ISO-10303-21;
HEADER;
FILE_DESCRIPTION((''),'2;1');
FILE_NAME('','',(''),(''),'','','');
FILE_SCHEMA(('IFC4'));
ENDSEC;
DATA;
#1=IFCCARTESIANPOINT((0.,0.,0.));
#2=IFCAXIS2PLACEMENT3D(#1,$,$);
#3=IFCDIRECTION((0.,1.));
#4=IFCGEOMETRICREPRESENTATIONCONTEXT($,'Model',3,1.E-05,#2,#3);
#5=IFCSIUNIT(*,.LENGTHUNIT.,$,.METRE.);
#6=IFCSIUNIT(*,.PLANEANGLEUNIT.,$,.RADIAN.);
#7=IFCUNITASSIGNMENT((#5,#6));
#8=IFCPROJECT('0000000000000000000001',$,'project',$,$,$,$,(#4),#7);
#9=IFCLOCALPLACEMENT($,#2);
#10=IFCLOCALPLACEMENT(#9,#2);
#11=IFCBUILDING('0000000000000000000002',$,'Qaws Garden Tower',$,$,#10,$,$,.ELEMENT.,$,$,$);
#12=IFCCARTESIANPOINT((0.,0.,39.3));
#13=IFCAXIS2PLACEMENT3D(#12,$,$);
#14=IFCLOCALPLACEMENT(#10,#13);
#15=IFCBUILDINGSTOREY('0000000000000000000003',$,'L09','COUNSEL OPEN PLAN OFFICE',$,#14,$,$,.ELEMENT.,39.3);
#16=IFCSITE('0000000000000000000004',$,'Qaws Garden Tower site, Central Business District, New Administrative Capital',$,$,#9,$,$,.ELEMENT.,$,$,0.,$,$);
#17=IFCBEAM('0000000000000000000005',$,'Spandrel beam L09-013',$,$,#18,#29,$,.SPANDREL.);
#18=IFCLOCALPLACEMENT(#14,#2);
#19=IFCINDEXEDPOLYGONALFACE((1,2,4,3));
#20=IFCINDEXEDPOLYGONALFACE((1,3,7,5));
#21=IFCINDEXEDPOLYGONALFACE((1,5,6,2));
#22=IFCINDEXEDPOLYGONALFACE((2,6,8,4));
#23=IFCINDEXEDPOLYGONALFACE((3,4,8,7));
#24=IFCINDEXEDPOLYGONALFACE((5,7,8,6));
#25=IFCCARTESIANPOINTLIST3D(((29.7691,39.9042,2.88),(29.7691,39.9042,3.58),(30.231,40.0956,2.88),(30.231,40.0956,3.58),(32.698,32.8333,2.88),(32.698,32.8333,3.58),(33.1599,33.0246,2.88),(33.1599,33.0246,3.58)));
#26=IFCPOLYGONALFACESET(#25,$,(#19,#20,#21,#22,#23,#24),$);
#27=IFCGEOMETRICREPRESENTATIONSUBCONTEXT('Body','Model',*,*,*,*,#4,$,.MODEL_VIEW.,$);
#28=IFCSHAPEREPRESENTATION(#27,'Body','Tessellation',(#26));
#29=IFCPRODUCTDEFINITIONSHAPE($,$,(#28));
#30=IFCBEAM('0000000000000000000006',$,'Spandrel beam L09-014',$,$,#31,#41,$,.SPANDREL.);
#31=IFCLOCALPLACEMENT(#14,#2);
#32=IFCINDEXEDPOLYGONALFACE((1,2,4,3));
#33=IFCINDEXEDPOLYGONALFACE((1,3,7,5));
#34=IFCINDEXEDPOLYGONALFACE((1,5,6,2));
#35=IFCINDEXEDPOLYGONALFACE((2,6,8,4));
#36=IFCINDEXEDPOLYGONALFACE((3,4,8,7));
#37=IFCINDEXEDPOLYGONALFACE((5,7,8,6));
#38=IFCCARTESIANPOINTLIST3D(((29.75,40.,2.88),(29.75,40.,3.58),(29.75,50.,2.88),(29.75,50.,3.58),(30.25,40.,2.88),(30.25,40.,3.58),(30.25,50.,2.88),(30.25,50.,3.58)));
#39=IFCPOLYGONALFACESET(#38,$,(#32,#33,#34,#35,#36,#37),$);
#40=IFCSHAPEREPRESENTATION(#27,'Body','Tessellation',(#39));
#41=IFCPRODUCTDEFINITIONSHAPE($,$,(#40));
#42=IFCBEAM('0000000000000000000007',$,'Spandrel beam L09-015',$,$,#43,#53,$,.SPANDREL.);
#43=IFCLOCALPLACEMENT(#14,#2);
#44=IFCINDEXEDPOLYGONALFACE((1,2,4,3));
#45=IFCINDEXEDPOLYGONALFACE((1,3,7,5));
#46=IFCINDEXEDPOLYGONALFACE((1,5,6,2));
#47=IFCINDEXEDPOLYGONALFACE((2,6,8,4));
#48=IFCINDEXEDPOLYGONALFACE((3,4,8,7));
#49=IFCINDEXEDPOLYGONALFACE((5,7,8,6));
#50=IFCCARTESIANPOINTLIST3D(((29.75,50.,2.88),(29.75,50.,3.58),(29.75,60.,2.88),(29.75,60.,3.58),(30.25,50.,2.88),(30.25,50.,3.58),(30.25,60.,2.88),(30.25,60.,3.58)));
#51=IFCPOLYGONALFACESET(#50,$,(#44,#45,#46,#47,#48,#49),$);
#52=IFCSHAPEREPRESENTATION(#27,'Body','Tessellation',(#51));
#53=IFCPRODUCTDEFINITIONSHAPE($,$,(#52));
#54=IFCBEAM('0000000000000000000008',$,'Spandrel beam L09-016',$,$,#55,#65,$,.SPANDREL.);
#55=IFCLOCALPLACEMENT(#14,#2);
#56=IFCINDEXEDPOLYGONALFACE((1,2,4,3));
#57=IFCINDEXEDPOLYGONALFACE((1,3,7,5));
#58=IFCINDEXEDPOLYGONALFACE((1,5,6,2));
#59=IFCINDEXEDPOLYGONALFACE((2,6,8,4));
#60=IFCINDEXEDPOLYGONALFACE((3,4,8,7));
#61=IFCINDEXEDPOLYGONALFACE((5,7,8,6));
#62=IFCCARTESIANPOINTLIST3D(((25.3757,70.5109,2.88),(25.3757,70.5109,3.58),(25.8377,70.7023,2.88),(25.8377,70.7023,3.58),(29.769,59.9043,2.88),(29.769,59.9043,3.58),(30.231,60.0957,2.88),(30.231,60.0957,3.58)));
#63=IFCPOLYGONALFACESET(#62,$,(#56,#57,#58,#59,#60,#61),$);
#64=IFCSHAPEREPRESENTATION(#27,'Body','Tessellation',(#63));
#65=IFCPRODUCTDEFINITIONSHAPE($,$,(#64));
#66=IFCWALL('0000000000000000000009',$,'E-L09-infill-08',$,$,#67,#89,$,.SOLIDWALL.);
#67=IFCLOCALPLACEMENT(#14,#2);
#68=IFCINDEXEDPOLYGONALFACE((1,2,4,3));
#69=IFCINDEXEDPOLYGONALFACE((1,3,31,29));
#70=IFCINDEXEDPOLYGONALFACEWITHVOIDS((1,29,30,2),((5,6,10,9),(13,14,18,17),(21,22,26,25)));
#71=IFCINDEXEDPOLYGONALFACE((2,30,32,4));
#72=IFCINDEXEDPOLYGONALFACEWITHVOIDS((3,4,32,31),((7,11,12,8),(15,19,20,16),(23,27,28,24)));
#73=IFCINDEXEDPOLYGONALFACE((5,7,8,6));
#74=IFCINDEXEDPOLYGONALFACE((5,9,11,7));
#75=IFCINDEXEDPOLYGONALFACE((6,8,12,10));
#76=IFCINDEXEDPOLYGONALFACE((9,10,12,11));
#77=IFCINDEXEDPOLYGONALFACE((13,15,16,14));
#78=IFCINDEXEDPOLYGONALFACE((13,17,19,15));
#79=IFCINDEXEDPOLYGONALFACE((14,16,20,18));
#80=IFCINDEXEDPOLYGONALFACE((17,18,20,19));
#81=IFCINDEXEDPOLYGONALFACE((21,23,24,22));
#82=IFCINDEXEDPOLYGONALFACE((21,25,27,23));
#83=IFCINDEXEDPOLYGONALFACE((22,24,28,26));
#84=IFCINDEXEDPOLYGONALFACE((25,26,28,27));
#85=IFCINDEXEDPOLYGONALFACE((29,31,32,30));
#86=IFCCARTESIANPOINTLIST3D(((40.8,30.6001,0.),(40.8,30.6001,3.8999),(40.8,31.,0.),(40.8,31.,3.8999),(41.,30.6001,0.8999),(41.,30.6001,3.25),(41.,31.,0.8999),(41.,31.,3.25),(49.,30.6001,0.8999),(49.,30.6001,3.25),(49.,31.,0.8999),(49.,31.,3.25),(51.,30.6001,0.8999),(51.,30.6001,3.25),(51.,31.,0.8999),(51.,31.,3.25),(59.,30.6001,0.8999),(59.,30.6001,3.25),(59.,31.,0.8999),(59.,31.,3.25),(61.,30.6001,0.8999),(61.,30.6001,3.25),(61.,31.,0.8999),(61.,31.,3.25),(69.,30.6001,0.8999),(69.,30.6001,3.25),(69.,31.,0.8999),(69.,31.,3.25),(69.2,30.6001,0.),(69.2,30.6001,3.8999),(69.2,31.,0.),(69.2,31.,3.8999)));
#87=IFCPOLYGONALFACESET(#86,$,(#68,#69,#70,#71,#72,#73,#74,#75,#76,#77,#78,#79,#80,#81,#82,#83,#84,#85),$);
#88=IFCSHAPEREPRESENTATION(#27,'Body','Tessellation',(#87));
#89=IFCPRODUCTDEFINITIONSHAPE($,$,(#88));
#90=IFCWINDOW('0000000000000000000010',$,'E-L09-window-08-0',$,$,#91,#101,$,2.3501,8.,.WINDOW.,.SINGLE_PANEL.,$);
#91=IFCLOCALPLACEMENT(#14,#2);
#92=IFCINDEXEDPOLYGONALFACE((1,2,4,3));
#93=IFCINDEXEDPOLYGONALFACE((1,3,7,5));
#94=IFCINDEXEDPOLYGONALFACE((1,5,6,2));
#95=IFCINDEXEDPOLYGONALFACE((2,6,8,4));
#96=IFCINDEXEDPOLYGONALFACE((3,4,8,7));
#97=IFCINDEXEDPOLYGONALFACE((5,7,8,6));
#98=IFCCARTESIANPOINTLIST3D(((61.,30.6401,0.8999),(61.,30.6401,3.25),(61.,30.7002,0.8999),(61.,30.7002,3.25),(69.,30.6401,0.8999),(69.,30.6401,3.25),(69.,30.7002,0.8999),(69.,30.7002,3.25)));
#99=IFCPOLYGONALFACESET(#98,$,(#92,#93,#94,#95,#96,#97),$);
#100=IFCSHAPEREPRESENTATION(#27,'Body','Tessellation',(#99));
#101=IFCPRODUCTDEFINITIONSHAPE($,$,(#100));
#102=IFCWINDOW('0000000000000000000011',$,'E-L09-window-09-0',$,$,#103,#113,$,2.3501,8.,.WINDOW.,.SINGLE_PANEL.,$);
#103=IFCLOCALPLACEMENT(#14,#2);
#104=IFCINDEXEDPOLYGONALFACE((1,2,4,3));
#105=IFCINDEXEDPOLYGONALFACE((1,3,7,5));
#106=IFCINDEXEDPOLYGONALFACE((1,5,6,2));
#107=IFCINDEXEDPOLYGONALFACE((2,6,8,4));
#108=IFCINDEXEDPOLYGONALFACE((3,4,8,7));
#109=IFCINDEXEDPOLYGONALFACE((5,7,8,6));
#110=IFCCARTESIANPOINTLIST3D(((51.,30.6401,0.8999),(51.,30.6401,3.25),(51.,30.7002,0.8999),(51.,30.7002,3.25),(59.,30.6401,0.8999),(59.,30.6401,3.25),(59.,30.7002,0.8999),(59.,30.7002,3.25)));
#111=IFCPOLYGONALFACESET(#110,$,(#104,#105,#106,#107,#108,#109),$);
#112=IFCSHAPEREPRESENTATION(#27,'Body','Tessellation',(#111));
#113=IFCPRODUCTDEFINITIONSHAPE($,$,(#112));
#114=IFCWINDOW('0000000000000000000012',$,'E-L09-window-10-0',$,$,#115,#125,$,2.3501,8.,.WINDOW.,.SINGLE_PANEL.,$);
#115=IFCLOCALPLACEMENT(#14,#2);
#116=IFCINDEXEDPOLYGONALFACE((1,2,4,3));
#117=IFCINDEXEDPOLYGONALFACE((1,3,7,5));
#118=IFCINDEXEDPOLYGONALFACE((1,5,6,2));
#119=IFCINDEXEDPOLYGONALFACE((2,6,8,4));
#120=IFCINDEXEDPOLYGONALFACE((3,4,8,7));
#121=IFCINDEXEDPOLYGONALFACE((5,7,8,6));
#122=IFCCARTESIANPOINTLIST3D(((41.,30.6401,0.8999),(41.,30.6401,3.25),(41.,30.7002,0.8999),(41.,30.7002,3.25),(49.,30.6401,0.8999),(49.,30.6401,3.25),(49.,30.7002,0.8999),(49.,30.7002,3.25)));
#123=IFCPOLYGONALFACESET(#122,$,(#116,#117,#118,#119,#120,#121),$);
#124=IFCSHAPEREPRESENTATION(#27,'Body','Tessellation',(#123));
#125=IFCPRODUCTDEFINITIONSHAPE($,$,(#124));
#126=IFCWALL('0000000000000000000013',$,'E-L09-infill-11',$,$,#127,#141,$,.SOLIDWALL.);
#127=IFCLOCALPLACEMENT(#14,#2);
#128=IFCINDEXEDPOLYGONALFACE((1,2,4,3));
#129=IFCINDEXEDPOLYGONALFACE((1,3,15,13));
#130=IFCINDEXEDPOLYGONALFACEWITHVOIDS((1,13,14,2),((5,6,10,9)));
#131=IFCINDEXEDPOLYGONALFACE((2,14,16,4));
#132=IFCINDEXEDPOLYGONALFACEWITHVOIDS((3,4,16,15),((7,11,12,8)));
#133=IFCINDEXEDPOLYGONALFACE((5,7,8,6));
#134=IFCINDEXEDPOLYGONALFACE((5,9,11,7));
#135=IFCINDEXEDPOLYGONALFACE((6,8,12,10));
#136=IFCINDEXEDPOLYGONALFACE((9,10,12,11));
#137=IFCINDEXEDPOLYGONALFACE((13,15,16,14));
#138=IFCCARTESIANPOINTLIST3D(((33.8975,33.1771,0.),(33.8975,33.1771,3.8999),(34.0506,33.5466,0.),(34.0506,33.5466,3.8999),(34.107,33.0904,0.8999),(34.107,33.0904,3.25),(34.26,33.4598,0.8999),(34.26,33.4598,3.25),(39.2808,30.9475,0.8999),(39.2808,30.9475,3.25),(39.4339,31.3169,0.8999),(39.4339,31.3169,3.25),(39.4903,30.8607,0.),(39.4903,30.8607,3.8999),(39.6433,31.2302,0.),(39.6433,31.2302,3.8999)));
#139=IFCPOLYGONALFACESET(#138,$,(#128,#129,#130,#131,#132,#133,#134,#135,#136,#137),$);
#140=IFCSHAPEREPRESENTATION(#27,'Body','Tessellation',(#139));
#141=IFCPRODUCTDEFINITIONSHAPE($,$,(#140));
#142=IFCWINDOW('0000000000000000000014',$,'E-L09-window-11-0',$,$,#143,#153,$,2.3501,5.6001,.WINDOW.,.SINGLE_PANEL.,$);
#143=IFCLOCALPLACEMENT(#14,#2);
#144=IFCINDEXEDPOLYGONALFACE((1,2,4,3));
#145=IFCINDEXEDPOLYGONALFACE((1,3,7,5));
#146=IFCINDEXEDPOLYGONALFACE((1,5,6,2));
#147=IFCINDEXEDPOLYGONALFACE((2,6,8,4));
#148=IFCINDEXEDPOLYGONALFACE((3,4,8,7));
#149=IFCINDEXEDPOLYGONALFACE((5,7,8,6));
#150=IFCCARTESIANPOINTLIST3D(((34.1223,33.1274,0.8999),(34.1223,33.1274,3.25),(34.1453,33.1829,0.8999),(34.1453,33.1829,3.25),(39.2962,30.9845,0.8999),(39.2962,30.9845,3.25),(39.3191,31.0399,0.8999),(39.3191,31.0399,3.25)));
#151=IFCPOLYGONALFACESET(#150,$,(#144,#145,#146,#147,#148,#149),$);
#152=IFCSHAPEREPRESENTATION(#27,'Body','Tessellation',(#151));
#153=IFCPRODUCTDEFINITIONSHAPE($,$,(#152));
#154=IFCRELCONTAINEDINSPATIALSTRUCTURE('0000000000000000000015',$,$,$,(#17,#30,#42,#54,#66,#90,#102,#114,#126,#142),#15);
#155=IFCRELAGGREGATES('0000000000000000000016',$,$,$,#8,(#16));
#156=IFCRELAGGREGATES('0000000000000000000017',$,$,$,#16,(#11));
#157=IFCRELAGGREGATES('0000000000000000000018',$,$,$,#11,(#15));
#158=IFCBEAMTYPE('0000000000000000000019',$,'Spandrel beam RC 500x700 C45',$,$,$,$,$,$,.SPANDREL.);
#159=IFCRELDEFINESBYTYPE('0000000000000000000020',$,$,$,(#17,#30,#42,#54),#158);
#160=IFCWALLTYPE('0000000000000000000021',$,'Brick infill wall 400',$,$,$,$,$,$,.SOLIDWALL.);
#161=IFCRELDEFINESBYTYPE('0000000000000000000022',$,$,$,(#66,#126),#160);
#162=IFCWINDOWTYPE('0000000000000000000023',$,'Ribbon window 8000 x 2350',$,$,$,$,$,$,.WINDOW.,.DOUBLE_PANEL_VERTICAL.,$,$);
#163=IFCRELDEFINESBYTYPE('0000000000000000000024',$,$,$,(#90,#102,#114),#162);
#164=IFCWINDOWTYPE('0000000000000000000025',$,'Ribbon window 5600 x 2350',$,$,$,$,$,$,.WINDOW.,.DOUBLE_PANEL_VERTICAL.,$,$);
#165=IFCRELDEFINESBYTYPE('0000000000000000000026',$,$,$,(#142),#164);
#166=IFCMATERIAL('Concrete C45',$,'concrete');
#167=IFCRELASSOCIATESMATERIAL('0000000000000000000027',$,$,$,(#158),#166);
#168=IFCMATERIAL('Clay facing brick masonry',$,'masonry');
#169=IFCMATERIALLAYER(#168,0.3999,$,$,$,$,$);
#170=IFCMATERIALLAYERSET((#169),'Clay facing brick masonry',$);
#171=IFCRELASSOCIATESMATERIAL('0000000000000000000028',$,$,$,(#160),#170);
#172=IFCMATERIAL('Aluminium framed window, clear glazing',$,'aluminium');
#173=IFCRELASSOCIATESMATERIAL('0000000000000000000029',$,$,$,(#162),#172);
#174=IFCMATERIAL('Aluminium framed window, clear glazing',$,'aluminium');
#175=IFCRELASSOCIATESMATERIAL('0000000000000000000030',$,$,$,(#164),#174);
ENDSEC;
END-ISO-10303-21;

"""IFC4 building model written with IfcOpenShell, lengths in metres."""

from ifc_helpers import new_model, si_unit, direction, frame, frame_2d, origin, origin_2d, place, context, subcontext, project, spatial, rectangle, extrude, material, layer, layer_set, material_profile, profile_set, type_object, element, fill, save


model = new_model("IFC4")

# Units and contexts
model_context = context("Model", 3, precision=1e-05, world=origin(), true_north=direction((0.0, 1.0)))
body_context = subcontext(model_context, "Body", "Model", "MODEL_VIEW")
ifc_project = project(units=[si_unit("LENGTHUNIT", "METRE"), si_unit("PLANEANGLEUNIT", "RADIAN")], contexts=[model_context])

# Site, building, storey
site_placement = place(None, origin())
site = spatial("IfcSite", under=ifc_project, at=site_placement, Name="Qaws Garden Tower site, Central Business District, New Administrative Capital", CompositionType="ELEMENT", RefElevation=0.0)
building_placement = place(site_placement, origin())
building = spatial("IfcBuilding", under=site, at=building_placement, Name="Qaws Garden Tower", CompositionType="ELEMENT")
storey_placement = place(building_placement, frame((0.0, 0.0, 39.3)))
storey = spatial("IfcBuildingStorey", under=building, at=storey_placement, Name="L09", Description="COUNSEL OPEN PLAN OFFICE", CompositionType="ELEMENT", Elevation=39.3)

# Beams
ifc_material_1 = material(Name="Concrete C45", Category="concrete")
ifc_material_profile_1 = material_profile(ifc_material_1, rectangle(XDim=0.5, YDim=0.7, at=origin_2d()), Name="RC 500x700")
ifc_profile_set_1 = profile_set([ifc_material_profile_1], Name="Concrete C45")
beam_type = type_object("IfcBeamType", Name="Spandrel beam RC 500x700 C45", PredefinedType="SPANDREL", material=ifc_profile_set_1)
beam_1_placement = place(storey_placement, frame((32.929, 32.929, 3.23), z_axis=(-0.382687, 0.923878, 0.0), x_axis=(-0.923878, -0.382687, 0.0)))
element("IfcBeam", 1, at=beam_1_placement, inside=storey, type_object=beam_type, Name="Spandrel beam L09-013", PredefinedType="SPANDREL", context=body_context, shape_type="SweptSolid", body=[
    extrude(rectangle(XDim=0.5, YDim=0.7, at=origin_2d()), origin(), (0.0, 0.0, 1.0), 7.6536),
])
for number, where, z_axis, x_axis, name in (
    (2, (30.0, 40.0, 3.23), (0.0, 1.0, 0.0), (-1.0, 0.0, 0.0), "Spandrel beam L09-014"),
    (3, (30.0, 50.0, 3.23), (0.0, 1.0, 0.0), (-1.0, 0.0, 0.0), "Spandrel beam L09-015"),
):
    element("IfcBeam", number, at=place(storey_placement, frame(where, z_axis=z_axis, x_axis=x_axis)), inside=storey, type_object=beam_type, Name=name, PredefinedType="SPANDREL", context=body_context, shape_type="SweptSolid", body=[
        extrude(rectangle(XDim=0.5, YDim=0.7, at=origin_2d()), origin(), (0.0, 0.0, 1.0), 10.0),
    ])
beam_2_placement = place(storey_placement, frame((30.0, 60.0, 3.23), z_axis=(-0.382674, 0.923883, 0.0), x_axis=(-0.923883, -0.382674, 0.0)))
element("IfcBeam", 4, at=beam_2_placement, inside=storey, type_object=beam_type, Name="Spandrel beam L09-016", PredefinedType="SPANDREL", context=body_context, shape_type="SweptSolid", body=[
    extrude(rectangle(XDim=0.5, YDim=0.7, at=origin_2d()), origin(), (0.0, 0.0, 1.0), 11.4805),
])

# Wall, openings, windows
ifc_material_2 = material(Name="Clay facing brick masonry", Category="masonry")
ifc_layer_1 = layer(ifc_material_2, 0.3999)
ifc_layer_set_1 = layer_set([ifc_layer_1], Name="Clay facing brick masonry")
wall_type_1 = type_object("IfcWallType", Name="Brick infill wall 400", PredefinedType="SOLIDWALL", material=ifc_layer_set_1)
wall_1_placement = place(storey_placement, frame((69.2, 30.8, 0.0), z_axis=(0.0, 0.0, 1.0), x_axis=(-1.0, 0.0, 0.0)))
wall_1 = element("IfcWall", 5, at=wall_1_placement, inside=storey, type_object=wall_type_1, Name="E-L09-infill-08", PredefinedType="SOLIDWALL", context=body_context, shape_type="SweptSolid", body=[
    extrude(rectangle(XDim=28.3999, YDim=0.3999, at=frame_2d((14.2, 0.0))), origin(), (0.0, 0.0, 1.0), 3.8999),
])
opening_1_placement = place(wall_1_placement, frame((0.2, 0.0, 0.8999)))
opening_1 = element("IfcOpeningElement", 6, at=opening_1_placement, cuts=wall_1, PredefinedType="OPENING", context=body_context, shape_type="SweptSolid", body=[
    extrude(rectangle(XDim=8.0, YDim=2.3501, at=frame_2d((4.0, 1.175))), frame((0.0, 0.21, 0.0), z_axis=(0.0, -1.0, 0.0), x_axis=(1.0, 0.0, 0.0)), (0.0, 0.0, 1.0), 0.4199),
])
opening_2_placement = place(wall_1_placement, frame((10.2, 0.0, 0.8999)))
opening_2 = element("IfcOpeningElement", 7, at=opening_2_placement, cuts=wall_1, PredefinedType="OPENING", context=body_context, shape_type="SweptSolid", body=[
    extrude(rectangle(XDim=8.0, YDim=2.3501, at=frame_2d((4.0, 1.175))), frame((0.0, 0.21, 0.0), z_axis=(0.0, -1.0, 0.0), x_axis=(1.0, 0.0, 0.0)), (0.0, 0.0, 1.0), 0.4199),
])
opening_3_placement = place(wall_1_placement, frame((20.2, 0.0, 0.8999)))
opening_3 = element("IfcOpeningElement", 8, at=opening_3_placement, cuts=wall_1, PredefinedType="OPENING", context=body_context, shape_type="SweptSolid", body=[
    extrude(rectangle(XDim=8.0, YDim=2.3501, at=frame_2d((4.0, 1.175))), frame((0.0, 0.21, 0.0), z_axis=(0.0, -1.0, 0.0), x_axis=(1.0, 0.0, 0.0)), (0.0, 0.0, 1.0), 0.4199),
])
ifc_material_3 = material(Name="Aluminium framed window, clear glazing", Category="aluminium")
window_type_1 = type_object("IfcWindowType", Name="Ribbon window 8000 x 2350", PartitioningType="DOUBLE_PANEL_VERTICAL", PredefinedType="WINDOW", material=ifc_material_3)
window_1_placement = place(opening_1_placement, origin())
window_1 = element("IfcWindow", 9, at=window_1_placement, inside=storey, type_object=window_type_1, Name="E-L09-window-08-0", OverallHeight=2.3501, OverallWidth=8.0, PartitioningType="SINGLE_PANEL", PredefinedType="WINDOW", context=body_context, shape_type="SweptSolid", body=[
    extrude(rectangle(XDim=8.0, YDim=2.3501, at=frame_2d((4.0, 1.175))), frame((0.0, 0.1599, 0.0), z_axis=(0.0, -1.0, 0.0), x_axis=(1.0, 0.0, 0.0)), (0.0, 0.0, 1.0), 0.0601),
])
fill(opening_1, window_1)
window_2_placement = place(opening_2_placement, origin())
window_2 = element("IfcWindow", 10, at=window_2_placement, inside=storey, type_object=window_type_1, Name="E-L09-window-09-0", OverallHeight=2.3501, OverallWidth=8.0, PartitioningType="SINGLE_PANEL", PredefinedType="WINDOW", context=body_context, shape_type="SweptSolid", body=[
    extrude(rectangle(XDim=8.0, YDim=2.3501, at=frame_2d((4.0, 1.175))), frame((0.0, 0.1599, 0.0), z_axis=(0.0, -1.0, 0.0), x_axis=(1.0, 0.0, 0.0)), (0.0, 0.0, 1.0), 0.0601),
])
fill(opening_2, window_2)
window_3_placement = place(opening_3_placement, origin())
window_3 = element("IfcWindow", 11, at=window_3_placement, inside=storey, type_object=window_type_1, Name="E-L09-window-10-0", OverallHeight=2.3501, OverallWidth=8.0, PartitioningType="SINGLE_PANEL", PredefinedType="WINDOW", context=body_context, shape_type="SweptSolid", body=[
    extrude(rectangle(XDim=8.0, YDim=2.3501, at=frame_2d((4.0, 1.175))), frame((0.0, 0.1599, 0.0), z_axis=(0.0, -1.0, 0.0), x_axis=(1.0, 0.0, 0.0)), (0.0, 0.0, 1.0), 0.0601),
])
fill(opening_3, window_3)

# Wall, opening, window
wall_2_placement = place(storey_placement, frame((39.5669, 31.0454, 0.0), z_axis=(0.0, 0.0, 1.0), x_axis=(-0.923891, 0.382656, 0.0)))
wall_2 = element("IfcWall", 12, at=wall_2_placement, inside=storey, type_object=wall_type_1, Name="E-L09-infill-11", PredefinedType="SOLIDWALL", context=body_context, shape_type="SweptSolid", body=[
    extrude(rectangle(XDim=6.0535, YDim=0.3999, at=frame_2d((3.0269, 0.0))), origin(), (0.0, 0.0, 1.0), 3.8999),
])
opening_4_placement = place(wall_2_placement, frame((0.2268, 0.0, 0.8999)))
opening_4 = element("IfcOpeningElement", 13, at=opening_4_placement, cuts=wall_2, PredefinedType="OPENING", context=body_context, shape_type="SweptSolid", body=[
    extrude(rectangle(XDim=5.6001, YDim=2.3501, at=frame_2d((2.8, 1.175))), frame((0.0, 0.21, 0.0), z_axis=(0.0, -1.0, 0.0), x_axis=(1.0, 0.0, 0.0)), (0.0, 0.0, 1.0), 0.4199),
])
ifc_material_4 = material(Name="Aluminium framed window, clear glazing", Category="aluminium")
window_type_2 = type_object("IfcWindowType", Name="Ribbon window 5600 x 2350", PartitioningType="DOUBLE_PANEL_VERTICAL", PredefinedType="WINDOW", material=ifc_material_4)
window_4_placement = place(opening_4_placement, origin())
window_4 = element("IfcWindow", 14, at=window_4_placement, inside=storey, type_object=window_type_2, Name="E-L09-window-11-0", OverallHeight=2.3501, OverallWidth=5.6001, PartitioningType="SINGLE_PANEL", PredefinedType="WINDOW", context=body_context, shape_type="SweptSolid", body=[
    extrude(rectangle(XDim=5.6001, YDim=2.3501, at=frame_2d((2.8, 1.175))), frame((0.0, 0.1599, 0.0), z_axis=(0.0, -1.0, 0.0), x_axis=(1.0, 0.0, 0.0)), (0.0, 0.0, 1.0), 0.0601),
])
fill(opening_4, window_4)

save(model, "model.ifc")
